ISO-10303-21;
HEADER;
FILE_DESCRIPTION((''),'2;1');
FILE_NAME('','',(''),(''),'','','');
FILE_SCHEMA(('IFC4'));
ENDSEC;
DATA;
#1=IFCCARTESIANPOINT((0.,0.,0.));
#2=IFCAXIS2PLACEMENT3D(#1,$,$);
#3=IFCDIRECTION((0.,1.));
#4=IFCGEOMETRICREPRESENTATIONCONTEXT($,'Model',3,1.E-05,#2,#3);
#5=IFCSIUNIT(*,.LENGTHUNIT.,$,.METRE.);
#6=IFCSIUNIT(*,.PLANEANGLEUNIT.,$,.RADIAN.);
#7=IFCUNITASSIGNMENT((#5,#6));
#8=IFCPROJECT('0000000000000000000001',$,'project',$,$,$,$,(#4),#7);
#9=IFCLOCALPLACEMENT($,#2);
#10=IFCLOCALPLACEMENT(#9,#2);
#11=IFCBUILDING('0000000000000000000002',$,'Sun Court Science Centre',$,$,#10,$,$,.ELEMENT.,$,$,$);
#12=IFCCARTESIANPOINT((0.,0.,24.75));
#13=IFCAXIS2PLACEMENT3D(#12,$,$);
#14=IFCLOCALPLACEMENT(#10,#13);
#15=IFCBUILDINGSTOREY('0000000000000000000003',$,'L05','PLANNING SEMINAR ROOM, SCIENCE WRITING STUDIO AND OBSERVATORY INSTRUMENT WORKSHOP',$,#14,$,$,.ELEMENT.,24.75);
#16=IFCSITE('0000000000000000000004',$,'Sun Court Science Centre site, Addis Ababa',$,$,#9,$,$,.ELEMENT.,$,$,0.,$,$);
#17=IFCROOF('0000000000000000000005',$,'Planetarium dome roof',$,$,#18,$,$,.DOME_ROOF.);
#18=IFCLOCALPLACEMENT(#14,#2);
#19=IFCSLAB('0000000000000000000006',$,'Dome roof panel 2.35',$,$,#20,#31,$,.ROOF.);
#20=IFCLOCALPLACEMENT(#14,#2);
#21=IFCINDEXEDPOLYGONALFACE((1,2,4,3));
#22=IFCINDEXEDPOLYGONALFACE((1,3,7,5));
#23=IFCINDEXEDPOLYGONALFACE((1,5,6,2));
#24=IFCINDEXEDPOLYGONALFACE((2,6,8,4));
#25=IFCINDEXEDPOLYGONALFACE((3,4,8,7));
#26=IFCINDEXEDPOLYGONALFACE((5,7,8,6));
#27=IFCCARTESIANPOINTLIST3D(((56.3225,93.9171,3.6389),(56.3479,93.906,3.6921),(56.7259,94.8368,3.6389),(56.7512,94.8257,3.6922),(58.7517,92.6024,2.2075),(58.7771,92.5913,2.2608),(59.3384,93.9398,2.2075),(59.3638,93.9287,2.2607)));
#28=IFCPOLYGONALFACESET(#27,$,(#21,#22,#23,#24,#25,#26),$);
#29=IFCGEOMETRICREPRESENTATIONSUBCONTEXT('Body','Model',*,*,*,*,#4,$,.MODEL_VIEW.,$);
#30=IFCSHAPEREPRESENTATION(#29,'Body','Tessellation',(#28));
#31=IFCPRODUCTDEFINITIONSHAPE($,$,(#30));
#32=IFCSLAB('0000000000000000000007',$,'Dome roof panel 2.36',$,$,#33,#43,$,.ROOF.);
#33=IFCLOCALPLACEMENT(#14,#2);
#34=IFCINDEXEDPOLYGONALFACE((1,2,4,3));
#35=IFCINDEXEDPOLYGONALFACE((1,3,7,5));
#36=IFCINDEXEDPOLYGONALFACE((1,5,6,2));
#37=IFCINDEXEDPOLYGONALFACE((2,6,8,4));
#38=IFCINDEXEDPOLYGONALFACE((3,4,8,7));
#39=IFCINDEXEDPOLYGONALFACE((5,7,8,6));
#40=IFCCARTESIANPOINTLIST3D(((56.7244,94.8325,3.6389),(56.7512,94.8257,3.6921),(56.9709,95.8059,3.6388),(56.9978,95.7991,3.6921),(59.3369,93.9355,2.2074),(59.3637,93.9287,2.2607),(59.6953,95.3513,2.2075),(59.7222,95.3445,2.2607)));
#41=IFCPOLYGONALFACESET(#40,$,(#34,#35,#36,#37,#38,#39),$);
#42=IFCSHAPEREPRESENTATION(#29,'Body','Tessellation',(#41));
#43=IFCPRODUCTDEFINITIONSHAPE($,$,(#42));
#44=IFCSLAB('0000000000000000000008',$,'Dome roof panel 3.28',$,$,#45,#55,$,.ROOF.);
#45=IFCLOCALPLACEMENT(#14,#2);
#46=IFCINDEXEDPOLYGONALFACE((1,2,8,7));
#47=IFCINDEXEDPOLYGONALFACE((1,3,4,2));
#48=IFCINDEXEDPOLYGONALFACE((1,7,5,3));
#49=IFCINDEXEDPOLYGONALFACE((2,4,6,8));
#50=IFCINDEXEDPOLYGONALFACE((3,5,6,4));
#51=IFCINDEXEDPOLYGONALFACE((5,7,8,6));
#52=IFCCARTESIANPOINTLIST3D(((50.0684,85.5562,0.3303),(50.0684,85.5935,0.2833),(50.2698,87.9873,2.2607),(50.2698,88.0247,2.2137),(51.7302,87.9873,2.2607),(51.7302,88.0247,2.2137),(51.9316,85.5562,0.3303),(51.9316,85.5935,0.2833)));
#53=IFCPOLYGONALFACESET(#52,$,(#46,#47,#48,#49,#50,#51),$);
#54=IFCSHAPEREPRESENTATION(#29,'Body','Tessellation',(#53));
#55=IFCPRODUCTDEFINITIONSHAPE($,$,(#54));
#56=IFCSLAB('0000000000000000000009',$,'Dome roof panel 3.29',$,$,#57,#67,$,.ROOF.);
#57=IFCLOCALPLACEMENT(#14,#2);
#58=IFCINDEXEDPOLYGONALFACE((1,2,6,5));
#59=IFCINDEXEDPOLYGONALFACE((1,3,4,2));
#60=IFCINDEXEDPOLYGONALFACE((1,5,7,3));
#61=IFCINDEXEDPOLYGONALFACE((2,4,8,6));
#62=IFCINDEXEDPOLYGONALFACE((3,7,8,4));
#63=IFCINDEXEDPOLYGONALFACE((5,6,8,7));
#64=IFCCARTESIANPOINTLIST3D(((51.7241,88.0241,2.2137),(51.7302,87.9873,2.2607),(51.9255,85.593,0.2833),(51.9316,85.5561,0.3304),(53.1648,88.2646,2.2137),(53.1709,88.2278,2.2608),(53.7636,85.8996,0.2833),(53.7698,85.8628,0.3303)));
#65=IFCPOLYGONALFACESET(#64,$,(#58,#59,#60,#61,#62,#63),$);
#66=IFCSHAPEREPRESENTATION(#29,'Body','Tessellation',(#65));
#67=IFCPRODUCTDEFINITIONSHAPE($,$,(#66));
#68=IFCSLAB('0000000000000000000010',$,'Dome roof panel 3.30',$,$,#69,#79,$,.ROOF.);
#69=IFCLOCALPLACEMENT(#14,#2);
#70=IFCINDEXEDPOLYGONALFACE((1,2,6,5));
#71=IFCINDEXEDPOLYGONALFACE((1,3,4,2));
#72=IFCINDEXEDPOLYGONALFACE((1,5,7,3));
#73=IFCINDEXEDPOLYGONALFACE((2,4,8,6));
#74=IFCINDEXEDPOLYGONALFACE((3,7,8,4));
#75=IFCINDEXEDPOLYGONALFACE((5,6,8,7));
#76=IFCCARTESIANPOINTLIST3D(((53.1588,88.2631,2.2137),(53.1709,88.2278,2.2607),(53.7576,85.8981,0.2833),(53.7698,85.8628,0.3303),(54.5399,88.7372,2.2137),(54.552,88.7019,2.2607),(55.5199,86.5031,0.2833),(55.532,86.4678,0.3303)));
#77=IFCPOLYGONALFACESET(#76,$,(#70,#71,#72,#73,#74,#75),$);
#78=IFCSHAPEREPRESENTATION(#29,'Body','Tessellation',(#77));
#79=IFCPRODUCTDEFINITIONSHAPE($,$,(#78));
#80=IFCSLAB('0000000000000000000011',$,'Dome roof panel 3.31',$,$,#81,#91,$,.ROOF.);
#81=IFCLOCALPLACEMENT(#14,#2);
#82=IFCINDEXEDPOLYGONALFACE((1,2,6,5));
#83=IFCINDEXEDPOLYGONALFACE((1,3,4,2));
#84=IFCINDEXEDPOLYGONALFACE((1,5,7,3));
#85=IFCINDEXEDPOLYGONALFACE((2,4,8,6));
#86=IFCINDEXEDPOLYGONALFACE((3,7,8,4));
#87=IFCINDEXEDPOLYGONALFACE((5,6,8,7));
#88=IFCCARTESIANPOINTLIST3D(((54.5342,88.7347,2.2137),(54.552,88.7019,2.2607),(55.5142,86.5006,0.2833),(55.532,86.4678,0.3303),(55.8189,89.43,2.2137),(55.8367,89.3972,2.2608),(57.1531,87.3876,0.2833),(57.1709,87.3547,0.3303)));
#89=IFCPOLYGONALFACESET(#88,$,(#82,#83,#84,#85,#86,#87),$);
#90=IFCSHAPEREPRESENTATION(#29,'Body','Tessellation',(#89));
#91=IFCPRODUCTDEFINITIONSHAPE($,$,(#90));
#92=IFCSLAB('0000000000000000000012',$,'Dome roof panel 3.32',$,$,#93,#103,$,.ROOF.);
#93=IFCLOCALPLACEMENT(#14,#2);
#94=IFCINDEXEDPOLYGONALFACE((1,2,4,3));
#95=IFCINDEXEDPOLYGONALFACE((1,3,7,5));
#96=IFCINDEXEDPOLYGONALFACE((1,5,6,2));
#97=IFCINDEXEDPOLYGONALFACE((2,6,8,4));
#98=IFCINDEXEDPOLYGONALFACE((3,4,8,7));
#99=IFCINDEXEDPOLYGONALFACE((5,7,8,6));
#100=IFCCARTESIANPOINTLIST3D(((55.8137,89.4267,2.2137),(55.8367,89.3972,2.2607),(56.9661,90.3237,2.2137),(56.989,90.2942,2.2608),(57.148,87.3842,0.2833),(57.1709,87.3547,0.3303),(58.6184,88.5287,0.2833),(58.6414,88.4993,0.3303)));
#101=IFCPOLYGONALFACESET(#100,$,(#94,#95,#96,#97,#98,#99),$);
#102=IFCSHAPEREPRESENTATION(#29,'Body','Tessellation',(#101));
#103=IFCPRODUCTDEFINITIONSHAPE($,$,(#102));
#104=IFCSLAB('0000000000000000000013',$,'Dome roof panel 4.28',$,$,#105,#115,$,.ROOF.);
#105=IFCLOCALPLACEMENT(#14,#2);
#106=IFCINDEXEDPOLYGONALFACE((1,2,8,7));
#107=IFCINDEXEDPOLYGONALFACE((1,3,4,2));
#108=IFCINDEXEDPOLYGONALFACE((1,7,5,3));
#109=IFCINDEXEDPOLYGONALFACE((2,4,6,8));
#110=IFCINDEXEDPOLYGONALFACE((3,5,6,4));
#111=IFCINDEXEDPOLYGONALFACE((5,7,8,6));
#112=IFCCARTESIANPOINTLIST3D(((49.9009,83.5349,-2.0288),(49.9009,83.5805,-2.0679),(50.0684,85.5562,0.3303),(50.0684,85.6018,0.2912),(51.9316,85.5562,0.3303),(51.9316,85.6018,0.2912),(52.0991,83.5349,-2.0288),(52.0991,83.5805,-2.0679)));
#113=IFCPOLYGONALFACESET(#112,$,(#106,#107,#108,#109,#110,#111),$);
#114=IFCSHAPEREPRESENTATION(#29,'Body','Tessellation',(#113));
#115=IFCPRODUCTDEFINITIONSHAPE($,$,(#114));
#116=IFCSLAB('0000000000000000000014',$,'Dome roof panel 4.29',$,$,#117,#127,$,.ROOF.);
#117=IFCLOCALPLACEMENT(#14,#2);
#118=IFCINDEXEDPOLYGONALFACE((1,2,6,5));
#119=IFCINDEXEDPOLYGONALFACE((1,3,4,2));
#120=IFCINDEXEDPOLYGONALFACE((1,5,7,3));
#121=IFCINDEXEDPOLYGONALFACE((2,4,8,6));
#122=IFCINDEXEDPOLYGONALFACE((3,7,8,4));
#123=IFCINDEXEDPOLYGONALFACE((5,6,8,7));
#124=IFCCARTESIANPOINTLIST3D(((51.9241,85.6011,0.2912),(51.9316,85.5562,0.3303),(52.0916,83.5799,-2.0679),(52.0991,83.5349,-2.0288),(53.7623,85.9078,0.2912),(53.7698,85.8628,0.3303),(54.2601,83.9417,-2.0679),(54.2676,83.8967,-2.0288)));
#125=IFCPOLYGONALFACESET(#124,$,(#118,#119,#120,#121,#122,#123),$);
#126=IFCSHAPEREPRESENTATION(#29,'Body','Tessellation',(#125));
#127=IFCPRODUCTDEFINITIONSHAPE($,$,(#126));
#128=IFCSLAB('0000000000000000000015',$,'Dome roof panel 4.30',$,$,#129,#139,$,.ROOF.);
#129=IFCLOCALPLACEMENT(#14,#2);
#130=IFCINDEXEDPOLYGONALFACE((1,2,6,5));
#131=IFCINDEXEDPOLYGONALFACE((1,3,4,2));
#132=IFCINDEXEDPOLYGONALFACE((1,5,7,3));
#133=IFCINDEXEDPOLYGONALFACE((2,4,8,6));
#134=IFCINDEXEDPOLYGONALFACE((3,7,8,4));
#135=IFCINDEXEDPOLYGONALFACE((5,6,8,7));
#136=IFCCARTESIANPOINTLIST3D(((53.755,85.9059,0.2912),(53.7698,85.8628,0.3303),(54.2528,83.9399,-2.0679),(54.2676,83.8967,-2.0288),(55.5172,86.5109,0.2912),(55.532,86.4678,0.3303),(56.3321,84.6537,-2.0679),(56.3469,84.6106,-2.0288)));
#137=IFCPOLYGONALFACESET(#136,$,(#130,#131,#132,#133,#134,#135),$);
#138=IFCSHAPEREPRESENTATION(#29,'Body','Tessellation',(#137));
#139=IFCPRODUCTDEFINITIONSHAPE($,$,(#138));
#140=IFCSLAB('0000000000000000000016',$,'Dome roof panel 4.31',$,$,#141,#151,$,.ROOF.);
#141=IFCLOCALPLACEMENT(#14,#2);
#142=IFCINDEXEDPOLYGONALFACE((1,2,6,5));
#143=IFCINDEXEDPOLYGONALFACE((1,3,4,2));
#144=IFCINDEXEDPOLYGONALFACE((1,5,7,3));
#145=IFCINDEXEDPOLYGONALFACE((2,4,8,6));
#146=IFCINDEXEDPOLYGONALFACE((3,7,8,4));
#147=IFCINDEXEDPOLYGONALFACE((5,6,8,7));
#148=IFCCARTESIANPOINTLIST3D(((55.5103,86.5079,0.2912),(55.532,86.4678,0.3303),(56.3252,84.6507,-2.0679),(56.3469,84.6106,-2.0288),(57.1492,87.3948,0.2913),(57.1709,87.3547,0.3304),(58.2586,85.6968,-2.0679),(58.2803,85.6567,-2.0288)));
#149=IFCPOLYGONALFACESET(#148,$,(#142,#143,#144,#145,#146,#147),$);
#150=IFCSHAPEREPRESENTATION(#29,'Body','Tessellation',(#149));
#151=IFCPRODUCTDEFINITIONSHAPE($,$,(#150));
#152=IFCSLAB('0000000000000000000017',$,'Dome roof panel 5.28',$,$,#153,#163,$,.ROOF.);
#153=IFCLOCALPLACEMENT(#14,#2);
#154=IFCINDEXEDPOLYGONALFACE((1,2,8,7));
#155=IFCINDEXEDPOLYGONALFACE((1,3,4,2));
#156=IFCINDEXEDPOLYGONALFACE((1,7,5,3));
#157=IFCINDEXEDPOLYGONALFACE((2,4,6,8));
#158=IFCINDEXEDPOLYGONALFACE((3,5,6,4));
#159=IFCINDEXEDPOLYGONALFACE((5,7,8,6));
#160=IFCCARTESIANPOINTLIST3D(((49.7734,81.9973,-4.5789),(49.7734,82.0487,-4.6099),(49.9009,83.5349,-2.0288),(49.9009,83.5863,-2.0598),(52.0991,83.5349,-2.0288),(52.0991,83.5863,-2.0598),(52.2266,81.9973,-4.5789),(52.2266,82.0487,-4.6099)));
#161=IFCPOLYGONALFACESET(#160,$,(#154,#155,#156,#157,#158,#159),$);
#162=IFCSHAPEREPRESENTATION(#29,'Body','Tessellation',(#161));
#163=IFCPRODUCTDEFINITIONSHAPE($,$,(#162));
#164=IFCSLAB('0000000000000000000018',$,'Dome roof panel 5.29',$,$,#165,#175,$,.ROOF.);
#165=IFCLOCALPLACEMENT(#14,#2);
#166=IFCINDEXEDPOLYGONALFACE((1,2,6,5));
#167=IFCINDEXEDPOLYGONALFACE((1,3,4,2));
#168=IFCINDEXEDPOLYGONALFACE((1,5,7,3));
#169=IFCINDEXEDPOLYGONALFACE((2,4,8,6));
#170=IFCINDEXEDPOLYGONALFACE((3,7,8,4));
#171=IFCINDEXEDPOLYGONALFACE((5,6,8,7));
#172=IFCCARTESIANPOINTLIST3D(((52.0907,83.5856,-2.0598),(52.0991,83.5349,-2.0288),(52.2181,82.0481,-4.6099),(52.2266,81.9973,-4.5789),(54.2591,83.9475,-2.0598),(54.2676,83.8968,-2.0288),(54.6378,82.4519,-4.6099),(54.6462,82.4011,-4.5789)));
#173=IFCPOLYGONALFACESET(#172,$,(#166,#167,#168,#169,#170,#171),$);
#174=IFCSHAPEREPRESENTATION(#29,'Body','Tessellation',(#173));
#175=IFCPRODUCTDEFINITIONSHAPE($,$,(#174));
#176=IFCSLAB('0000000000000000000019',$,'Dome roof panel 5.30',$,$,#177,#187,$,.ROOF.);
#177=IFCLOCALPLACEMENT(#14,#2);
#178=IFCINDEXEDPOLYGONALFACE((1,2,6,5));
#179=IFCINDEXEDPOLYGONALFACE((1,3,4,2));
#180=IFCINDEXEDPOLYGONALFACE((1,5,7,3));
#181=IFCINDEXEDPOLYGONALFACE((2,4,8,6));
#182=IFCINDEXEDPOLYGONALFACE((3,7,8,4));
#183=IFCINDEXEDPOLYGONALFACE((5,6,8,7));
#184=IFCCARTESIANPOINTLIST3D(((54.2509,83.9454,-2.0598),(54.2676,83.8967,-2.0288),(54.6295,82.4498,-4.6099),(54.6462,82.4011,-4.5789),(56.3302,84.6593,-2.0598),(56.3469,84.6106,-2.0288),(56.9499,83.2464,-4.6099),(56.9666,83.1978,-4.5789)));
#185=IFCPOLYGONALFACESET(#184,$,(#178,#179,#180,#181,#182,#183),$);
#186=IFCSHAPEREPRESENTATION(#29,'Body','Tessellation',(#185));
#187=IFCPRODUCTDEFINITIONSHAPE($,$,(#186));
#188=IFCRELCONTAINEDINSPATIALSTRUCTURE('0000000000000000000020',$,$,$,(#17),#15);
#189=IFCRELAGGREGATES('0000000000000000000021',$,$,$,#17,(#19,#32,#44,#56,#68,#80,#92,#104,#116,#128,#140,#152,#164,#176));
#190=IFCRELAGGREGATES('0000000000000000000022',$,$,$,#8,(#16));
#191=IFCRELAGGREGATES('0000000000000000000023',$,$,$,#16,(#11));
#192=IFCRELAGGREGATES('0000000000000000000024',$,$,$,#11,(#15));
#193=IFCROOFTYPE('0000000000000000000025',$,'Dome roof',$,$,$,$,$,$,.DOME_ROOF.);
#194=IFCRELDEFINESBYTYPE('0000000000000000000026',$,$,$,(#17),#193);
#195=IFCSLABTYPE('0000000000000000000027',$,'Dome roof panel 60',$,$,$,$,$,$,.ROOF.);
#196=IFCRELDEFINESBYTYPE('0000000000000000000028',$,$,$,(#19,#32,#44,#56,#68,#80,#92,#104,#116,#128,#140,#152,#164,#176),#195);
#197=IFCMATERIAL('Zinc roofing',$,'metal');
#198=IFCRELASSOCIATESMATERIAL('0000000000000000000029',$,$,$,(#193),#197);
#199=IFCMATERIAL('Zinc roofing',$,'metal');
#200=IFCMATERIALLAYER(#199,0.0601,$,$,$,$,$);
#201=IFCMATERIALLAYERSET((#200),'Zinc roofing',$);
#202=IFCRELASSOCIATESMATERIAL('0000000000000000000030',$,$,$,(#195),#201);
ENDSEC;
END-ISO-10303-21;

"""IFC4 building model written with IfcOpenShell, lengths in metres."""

from ifc_helpers import new_model, si_unit, direction, frame, origin, place, context, subcontext, project, spatial, polyline, outline, extrude, material, layer, layer_set, type_object, element, aggregate, save


model = new_model("IFC4")

# Units and contexts
model_context = context("Model", 3, precision=1e-05, world=origin(), true_north=direction((0.0, 1.0)))
body_context = subcontext(model_context, "Body", "Model", "MODEL_VIEW")
ifc_project = project(units=[si_unit("LENGTHUNIT", "METRE"), si_unit("PLANEANGLEUNIT", "RADIAN")], contexts=[model_context])

# Site, building, storey
site_placement = place(None, origin())
site = spatial("IfcSite", under=ifc_project, at=site_placement, Name="Sun Court Science Centre site, Addis Ababa", CompositionType="ELEMENT", RefElevation=0.0)
building_placement = place(site_placement, origin())
building = spatial("IfcBuilding", under=site, at=building_placement, Name="Sun Court Science Centre", CompositionType="ELEMENT")
storey_placement = place(building_placement, frame((0.0, 0.0, 24.75)))
storey = spatial("IfcBuildingStorey", under=building, at=storey_placement, Name="L05", Description="PLANNING SEMINAR ROOM, SCIENCE WRITING STUDIO AND OBSERVATORY INSTRUMENT WORKSHOP", CompositionType="ELEMENT", Elevation=24.75)

# Roof, slabs
ifc_material_1 = material(Name="Zinc roofing", Category="metal")
roof_type = type_object("IfcRoofType", Name="Dome roof", PredefinedType="DOME_ROOF", material=ifc_material_1)
roof_placement = place(storey_placement, origin())
roof = element("IfcRoof", 1, at=roof_placement, inside=storey, type_object=roof_type, Name="Planetarium dome roof", PredefinedType="DOME_ROOF")
ifc_material_2 = material(Name="Zinc roofing", Category="metal")
ifc_layer = layer(ifc_material_2, 0.0601)
ifc_layer_set = layer_set([ifc_layer], Name="Zinc roofing")
slab_type = type_object("IfcSlabType", Name="Dome roof panel 60", PredefinedType="ROOF", material=ifc_layer_set)
slab_1_placement = place(storey_placement, frame((56.3479, 93.906, 3.6921), z_axis=(0.42249, -0.185311, 0.887222), x_axis=(0.401634, 0.9158, 0.000024)))
slab_1 = element("IfcSlab", 2, at=slab_1_placement, type_object=slab_type, Name="Dome roof panel 2.35", PredefinedType="ROOF", context=body_context, shape_type="SweptSolid", body=[
    extrude(outline(polyline([(0.0, 0.0), (1.0042, 0.0), (1.232, -3.1027), (-0.2284, -3.1026), (0.0, 0.0)])), origin(), (0.0, 0.0, -1.0), 0.0601),
])
slab_2_placement = place(storey_placement, frame((56.7512, 94.8257, 3.6921), z_axis=(0.447236, -0.113248, 0.887218), x_axis=(0.245546, 0.969385, -0.00004)))
slab_2 = element("IfcSlab", 3, at=slab_2_placement, type_object=slab_type, Name="Dome roof panel 2.36", PredefinedType="ROOF", context=body_context, shape_type="SweptSolid", body=[
    extrude(outline(polyline([(0.0, 0.0), (1.0041, 0.0), (1.2325, -3.1025), (-0.228, -3.1027), (0.0, 0.0)])), origin(), (0.0, 0.0, -1.0), 0.0601),
])
slab_3_placement = place(storey_placement, frame((50.2698, 87.9873, 2.2607), z_axis=(0.0, -0.621842, 0.783142), x_axis=(1.0, 0.0, 0.0)))
slab_3 = element("IfcSlab", 4, at=slab_3_placement, type_object=slab_type, Name="Dome roof panel 3.28", PredefinedType="ROOF", context=body_context, shape_type="SweptSolid", body=[
    extrude(outline(polyline([(0.0, 0.0), (1.4604, 0.0), (1.6619, -3.1044), (-0.2014, -3.1044), (0.0, 0.0)])), origin(), (0.0, 0.0, -1.0), 0.0601),
])
slab_4_placement = place(storey_placement, frame((51.7302, 87.9873, 2.2607), z_axis=(0.102347, -0.61335, 0.783152), x_axis=(0.986357, 0.164622, 0.000026)))
slab_4 = element("IfcSlab", 5, at=slab_4_placement, type_object=slab_type, Name="Dome roof panel 3.29", PredefinedType="ROOF", context=body_context, shape_type="SweptSolid", body=[
    extrude(outline(polyline([(0.0, 0.0), (1.4606, 0.0), (1.6619, -3.1045), (-0.2016, -3.1043), (0.0, 0.0)])), origin(), (0.0, 0.0, -1.0), 0.0601),
])
slab_5_placement = place(storey_placement, frame((53.1709, 88.2278, 2.2607), z_axis=(0.201905, -0.588129, 0.78316), x_axis=(0.945819, 0.324695, -0.000004)))
slab_5 = element("IfcSlab", 6, at=slab_5_placement, type_object=slab_type, Name="Dome roof panel 3.30", PredefinedType="ROOF", context=body_context, shape_type="SweptSolid", body=[
    extrude(outline(polyline([(0.0, 0.0), (1.4602, 0.0), (1.6617, -3.1045), (-0.2015, -3.1045), (0.0, 0.0)])), origin(), (0.0, 0.0, -1.0), 0.0601),
])
slab_6_placement = place(storey_placement, frame((54.552, 88.7019, 2.2607), z_axis=(0.295969, -0.546864, 0.783161), x_axis=(0.879453, 0.475985, 0.000011)))
slab_6 = element("IfcSlab", 7, at=slab_6_placement, type_object=slab_type, Name="Dome roof panel 3.31", PredefinedType="ROOF", context=body_context, shape_type="SweptSolid", body=[
    extrude(outline(polyline([(0.0, 0.0), (1.4608, 0.0), (1.6619, -3.1045), (-0.2016, -3.1044), (0.0, 0.0)])), origin(), (0.0, 0.0, -1.0), 0.0601),
])
slab_7_placement = place(storey_placement, frame((55.8367, 89.3972, 2.2607), z_axis=(0.381938, -0.490692, 0.783163), x_axis=(0.789121, 0.614237, 0.000007)))
slab_7 = element("IfcSlab", 8, at=slab_7_placement, type_object=slab_type, Name="Dome roof panel 3.32", PredefinedType="ROOF", context=body_context, shape_type="SweptSolid", body=[
    extrude(outline(polyline([(0.0, 0.0), (1.4603, 0.0), (1.6617, -3.1045), (-0.2017, -3.1045), (0.0, 0.0)])), origin(), (0.0, 0.0, -1.0), 0.0601),
])
slab_8_placement = place(storey_placement, frame((50.0684, 85.5562, 0.3303), z_axis=(0.0, -0.759395, 0.65063), x_axis=(1.0, 0.0, 0.0)))
slab_8 = element("IfcSlab", 9, at=slab_8_placement, type_object=slab_type, Name="Dome roof panel 4.28", PredefinedType="ROOF", context=body_context, shape_type="SweptSolid", body=[
    extrude(outline(polyline([(0.0, 0.0), (1.8633, 0.0), (2.0308, -3.1066), (-0.1675, -3.1066), (0.0, 0.0)])), origin(), (0.0, 0.0, -1.0), 0.0601),
])
slab_9_placement = place(storey_placement, frame((51.9316, 85.5562, 0.3303), z_axis=(0.12497, -0.749046, 0.650624), x_axis=(0.986367, 0.164557, -0.000009)))
slab_9 = element("IfcSlab", 10, at=slab_9_placement, type_object=slab_type, Name="Dome roof panel 4.29", PredefinedType="ROOF", context=body_context, shape_type="SweptSolid", body=[
    extrude(outline(polyline([(0.0, 0.0), (1.8635, 0.0), (2.031, -3.1066), (-0.1674, -3.1066), (0.0, 0.0)])), origin(), (0.0, 0.0, -1.0), 0.0601),
])
slab_10_placement = place(storey_placement, frame((53.7698, 85.8628, 0.3303), z_axis=(0.246586, -0.718258, 0.650616), x_axis=(0.945814, 0.324708, -0.000001)))
slab_10 = element("IfcSlab", 11, at=slab_10_placement, type_object=slab_type, Name="Dome roof panel 4.30", PredefinedType="ROOF", context=body_context, shape_type="SweptSolid", body=[
    extrude(outline(polyline([(0.0, 0.0), (1.8632, 0.0), (2.0309, -3.1065), (-0.1676, -3.1065), (0.0, 0.0)])), origin(), (0.0, 0.0, -1.0), 0.0601),
])
slab_11_placement = place(storey_placement, frame((55.532, 86.4678, 0.3303), z_axis=(0.361414, -0.667871, 0.650637), x_axis=(0.879478, 0.47594, 0.000018)))
slab_11 = element("IfcSlab", 12, at=slab_11_placement, type_object=slab_type, Name="Dome roof panel 4.31", PredefinedType="ROOF", context=body_context, shape_type="SweptSolid", body=[
    extrude(outline(polyline([(0.0, 0.0), (1.8635, 0.0), (2.031, -3.1067), (-0.1672, -3.1066), (0.0, 0.0)])), origin(), (0.0, 0.0, -1.0), 0.0601),
])
slab_12_placement = place(storey_placement, frame((49.9009, 83.5349, -2.0288), z_axis=(0.0, -0.85637, 0.516363), x_axis=(1.0, 0.0, 0.0)))
slab_12 = element("IfcSlab", 13, at=slab_12_placement, type_object=slab_type, Name="Dome roof panel 5.28", PredefinedType="ROOF", context=body_context, shape_type="SweptSolid", body=[
    extrude(outline(polyline([(0.0, 0.0), (2.1982, 0.0), (2.3257, -2.9777), (-0.1274, -2.9777), (0.0, 0.0)])), origin(), (0.0, 0.0, -1.0), 0.0601),
])
slab_13_placement = place(storey_placement, frame((52.0991, 83.5349, -2.0288), z_axis=(0.140955, -0.844694, 0.516356), x_axis=(0.986362, 0.164591, -0.000007)))
slab_13 = element("IfcSlab", 14, at=slab_13_placement, type_object=slab_type, Name="Dome roof panel 5.29", PredefinedType="ROOF", context=body_context, shape_type="SweptSolid", body=[
    extrude(outline(polyline([(0.0, 0.0), (2.1984, 0.0), (2.3258, -2.9777), (-0.1274, -2.9777), (0.0, 0.0)])), origin(), (0.0, 0.0, -1.0), 0.0601),
])
slab_14_placement = place(storey_placement, frame((54.2676, 83.8967, -2.0288), z_axis=(0.278083, -0.809977, 0.51634), x_axis=(0.945812, 0.324716, -0.000003)))
slab_14 = element("IfcSlab", 15, at=slab_14_placement, type_object=slab_type, Name="Dome roof panel 5.30", PredefinedType="ROOF", context=body_context, shape_type="SweptSolid", body=[
    extrude(outline(polyline([(0.0, 0.0), (2.1985, 0.0), (2.3258, -2.9777), (-0.1275, -2.9777), (0.0, 0.0)])), origin(), (0.0, 0.0, -1.0), 0.0601),
])
aggregate(roof, [slab_1, slab_2, slab_3, slab_4, slab_5, slab_6, slab_7, slab_8, slab_9, slab_10, slab_11, slab_12, slab_13, slab_14])

save(model, "model.ifc")
